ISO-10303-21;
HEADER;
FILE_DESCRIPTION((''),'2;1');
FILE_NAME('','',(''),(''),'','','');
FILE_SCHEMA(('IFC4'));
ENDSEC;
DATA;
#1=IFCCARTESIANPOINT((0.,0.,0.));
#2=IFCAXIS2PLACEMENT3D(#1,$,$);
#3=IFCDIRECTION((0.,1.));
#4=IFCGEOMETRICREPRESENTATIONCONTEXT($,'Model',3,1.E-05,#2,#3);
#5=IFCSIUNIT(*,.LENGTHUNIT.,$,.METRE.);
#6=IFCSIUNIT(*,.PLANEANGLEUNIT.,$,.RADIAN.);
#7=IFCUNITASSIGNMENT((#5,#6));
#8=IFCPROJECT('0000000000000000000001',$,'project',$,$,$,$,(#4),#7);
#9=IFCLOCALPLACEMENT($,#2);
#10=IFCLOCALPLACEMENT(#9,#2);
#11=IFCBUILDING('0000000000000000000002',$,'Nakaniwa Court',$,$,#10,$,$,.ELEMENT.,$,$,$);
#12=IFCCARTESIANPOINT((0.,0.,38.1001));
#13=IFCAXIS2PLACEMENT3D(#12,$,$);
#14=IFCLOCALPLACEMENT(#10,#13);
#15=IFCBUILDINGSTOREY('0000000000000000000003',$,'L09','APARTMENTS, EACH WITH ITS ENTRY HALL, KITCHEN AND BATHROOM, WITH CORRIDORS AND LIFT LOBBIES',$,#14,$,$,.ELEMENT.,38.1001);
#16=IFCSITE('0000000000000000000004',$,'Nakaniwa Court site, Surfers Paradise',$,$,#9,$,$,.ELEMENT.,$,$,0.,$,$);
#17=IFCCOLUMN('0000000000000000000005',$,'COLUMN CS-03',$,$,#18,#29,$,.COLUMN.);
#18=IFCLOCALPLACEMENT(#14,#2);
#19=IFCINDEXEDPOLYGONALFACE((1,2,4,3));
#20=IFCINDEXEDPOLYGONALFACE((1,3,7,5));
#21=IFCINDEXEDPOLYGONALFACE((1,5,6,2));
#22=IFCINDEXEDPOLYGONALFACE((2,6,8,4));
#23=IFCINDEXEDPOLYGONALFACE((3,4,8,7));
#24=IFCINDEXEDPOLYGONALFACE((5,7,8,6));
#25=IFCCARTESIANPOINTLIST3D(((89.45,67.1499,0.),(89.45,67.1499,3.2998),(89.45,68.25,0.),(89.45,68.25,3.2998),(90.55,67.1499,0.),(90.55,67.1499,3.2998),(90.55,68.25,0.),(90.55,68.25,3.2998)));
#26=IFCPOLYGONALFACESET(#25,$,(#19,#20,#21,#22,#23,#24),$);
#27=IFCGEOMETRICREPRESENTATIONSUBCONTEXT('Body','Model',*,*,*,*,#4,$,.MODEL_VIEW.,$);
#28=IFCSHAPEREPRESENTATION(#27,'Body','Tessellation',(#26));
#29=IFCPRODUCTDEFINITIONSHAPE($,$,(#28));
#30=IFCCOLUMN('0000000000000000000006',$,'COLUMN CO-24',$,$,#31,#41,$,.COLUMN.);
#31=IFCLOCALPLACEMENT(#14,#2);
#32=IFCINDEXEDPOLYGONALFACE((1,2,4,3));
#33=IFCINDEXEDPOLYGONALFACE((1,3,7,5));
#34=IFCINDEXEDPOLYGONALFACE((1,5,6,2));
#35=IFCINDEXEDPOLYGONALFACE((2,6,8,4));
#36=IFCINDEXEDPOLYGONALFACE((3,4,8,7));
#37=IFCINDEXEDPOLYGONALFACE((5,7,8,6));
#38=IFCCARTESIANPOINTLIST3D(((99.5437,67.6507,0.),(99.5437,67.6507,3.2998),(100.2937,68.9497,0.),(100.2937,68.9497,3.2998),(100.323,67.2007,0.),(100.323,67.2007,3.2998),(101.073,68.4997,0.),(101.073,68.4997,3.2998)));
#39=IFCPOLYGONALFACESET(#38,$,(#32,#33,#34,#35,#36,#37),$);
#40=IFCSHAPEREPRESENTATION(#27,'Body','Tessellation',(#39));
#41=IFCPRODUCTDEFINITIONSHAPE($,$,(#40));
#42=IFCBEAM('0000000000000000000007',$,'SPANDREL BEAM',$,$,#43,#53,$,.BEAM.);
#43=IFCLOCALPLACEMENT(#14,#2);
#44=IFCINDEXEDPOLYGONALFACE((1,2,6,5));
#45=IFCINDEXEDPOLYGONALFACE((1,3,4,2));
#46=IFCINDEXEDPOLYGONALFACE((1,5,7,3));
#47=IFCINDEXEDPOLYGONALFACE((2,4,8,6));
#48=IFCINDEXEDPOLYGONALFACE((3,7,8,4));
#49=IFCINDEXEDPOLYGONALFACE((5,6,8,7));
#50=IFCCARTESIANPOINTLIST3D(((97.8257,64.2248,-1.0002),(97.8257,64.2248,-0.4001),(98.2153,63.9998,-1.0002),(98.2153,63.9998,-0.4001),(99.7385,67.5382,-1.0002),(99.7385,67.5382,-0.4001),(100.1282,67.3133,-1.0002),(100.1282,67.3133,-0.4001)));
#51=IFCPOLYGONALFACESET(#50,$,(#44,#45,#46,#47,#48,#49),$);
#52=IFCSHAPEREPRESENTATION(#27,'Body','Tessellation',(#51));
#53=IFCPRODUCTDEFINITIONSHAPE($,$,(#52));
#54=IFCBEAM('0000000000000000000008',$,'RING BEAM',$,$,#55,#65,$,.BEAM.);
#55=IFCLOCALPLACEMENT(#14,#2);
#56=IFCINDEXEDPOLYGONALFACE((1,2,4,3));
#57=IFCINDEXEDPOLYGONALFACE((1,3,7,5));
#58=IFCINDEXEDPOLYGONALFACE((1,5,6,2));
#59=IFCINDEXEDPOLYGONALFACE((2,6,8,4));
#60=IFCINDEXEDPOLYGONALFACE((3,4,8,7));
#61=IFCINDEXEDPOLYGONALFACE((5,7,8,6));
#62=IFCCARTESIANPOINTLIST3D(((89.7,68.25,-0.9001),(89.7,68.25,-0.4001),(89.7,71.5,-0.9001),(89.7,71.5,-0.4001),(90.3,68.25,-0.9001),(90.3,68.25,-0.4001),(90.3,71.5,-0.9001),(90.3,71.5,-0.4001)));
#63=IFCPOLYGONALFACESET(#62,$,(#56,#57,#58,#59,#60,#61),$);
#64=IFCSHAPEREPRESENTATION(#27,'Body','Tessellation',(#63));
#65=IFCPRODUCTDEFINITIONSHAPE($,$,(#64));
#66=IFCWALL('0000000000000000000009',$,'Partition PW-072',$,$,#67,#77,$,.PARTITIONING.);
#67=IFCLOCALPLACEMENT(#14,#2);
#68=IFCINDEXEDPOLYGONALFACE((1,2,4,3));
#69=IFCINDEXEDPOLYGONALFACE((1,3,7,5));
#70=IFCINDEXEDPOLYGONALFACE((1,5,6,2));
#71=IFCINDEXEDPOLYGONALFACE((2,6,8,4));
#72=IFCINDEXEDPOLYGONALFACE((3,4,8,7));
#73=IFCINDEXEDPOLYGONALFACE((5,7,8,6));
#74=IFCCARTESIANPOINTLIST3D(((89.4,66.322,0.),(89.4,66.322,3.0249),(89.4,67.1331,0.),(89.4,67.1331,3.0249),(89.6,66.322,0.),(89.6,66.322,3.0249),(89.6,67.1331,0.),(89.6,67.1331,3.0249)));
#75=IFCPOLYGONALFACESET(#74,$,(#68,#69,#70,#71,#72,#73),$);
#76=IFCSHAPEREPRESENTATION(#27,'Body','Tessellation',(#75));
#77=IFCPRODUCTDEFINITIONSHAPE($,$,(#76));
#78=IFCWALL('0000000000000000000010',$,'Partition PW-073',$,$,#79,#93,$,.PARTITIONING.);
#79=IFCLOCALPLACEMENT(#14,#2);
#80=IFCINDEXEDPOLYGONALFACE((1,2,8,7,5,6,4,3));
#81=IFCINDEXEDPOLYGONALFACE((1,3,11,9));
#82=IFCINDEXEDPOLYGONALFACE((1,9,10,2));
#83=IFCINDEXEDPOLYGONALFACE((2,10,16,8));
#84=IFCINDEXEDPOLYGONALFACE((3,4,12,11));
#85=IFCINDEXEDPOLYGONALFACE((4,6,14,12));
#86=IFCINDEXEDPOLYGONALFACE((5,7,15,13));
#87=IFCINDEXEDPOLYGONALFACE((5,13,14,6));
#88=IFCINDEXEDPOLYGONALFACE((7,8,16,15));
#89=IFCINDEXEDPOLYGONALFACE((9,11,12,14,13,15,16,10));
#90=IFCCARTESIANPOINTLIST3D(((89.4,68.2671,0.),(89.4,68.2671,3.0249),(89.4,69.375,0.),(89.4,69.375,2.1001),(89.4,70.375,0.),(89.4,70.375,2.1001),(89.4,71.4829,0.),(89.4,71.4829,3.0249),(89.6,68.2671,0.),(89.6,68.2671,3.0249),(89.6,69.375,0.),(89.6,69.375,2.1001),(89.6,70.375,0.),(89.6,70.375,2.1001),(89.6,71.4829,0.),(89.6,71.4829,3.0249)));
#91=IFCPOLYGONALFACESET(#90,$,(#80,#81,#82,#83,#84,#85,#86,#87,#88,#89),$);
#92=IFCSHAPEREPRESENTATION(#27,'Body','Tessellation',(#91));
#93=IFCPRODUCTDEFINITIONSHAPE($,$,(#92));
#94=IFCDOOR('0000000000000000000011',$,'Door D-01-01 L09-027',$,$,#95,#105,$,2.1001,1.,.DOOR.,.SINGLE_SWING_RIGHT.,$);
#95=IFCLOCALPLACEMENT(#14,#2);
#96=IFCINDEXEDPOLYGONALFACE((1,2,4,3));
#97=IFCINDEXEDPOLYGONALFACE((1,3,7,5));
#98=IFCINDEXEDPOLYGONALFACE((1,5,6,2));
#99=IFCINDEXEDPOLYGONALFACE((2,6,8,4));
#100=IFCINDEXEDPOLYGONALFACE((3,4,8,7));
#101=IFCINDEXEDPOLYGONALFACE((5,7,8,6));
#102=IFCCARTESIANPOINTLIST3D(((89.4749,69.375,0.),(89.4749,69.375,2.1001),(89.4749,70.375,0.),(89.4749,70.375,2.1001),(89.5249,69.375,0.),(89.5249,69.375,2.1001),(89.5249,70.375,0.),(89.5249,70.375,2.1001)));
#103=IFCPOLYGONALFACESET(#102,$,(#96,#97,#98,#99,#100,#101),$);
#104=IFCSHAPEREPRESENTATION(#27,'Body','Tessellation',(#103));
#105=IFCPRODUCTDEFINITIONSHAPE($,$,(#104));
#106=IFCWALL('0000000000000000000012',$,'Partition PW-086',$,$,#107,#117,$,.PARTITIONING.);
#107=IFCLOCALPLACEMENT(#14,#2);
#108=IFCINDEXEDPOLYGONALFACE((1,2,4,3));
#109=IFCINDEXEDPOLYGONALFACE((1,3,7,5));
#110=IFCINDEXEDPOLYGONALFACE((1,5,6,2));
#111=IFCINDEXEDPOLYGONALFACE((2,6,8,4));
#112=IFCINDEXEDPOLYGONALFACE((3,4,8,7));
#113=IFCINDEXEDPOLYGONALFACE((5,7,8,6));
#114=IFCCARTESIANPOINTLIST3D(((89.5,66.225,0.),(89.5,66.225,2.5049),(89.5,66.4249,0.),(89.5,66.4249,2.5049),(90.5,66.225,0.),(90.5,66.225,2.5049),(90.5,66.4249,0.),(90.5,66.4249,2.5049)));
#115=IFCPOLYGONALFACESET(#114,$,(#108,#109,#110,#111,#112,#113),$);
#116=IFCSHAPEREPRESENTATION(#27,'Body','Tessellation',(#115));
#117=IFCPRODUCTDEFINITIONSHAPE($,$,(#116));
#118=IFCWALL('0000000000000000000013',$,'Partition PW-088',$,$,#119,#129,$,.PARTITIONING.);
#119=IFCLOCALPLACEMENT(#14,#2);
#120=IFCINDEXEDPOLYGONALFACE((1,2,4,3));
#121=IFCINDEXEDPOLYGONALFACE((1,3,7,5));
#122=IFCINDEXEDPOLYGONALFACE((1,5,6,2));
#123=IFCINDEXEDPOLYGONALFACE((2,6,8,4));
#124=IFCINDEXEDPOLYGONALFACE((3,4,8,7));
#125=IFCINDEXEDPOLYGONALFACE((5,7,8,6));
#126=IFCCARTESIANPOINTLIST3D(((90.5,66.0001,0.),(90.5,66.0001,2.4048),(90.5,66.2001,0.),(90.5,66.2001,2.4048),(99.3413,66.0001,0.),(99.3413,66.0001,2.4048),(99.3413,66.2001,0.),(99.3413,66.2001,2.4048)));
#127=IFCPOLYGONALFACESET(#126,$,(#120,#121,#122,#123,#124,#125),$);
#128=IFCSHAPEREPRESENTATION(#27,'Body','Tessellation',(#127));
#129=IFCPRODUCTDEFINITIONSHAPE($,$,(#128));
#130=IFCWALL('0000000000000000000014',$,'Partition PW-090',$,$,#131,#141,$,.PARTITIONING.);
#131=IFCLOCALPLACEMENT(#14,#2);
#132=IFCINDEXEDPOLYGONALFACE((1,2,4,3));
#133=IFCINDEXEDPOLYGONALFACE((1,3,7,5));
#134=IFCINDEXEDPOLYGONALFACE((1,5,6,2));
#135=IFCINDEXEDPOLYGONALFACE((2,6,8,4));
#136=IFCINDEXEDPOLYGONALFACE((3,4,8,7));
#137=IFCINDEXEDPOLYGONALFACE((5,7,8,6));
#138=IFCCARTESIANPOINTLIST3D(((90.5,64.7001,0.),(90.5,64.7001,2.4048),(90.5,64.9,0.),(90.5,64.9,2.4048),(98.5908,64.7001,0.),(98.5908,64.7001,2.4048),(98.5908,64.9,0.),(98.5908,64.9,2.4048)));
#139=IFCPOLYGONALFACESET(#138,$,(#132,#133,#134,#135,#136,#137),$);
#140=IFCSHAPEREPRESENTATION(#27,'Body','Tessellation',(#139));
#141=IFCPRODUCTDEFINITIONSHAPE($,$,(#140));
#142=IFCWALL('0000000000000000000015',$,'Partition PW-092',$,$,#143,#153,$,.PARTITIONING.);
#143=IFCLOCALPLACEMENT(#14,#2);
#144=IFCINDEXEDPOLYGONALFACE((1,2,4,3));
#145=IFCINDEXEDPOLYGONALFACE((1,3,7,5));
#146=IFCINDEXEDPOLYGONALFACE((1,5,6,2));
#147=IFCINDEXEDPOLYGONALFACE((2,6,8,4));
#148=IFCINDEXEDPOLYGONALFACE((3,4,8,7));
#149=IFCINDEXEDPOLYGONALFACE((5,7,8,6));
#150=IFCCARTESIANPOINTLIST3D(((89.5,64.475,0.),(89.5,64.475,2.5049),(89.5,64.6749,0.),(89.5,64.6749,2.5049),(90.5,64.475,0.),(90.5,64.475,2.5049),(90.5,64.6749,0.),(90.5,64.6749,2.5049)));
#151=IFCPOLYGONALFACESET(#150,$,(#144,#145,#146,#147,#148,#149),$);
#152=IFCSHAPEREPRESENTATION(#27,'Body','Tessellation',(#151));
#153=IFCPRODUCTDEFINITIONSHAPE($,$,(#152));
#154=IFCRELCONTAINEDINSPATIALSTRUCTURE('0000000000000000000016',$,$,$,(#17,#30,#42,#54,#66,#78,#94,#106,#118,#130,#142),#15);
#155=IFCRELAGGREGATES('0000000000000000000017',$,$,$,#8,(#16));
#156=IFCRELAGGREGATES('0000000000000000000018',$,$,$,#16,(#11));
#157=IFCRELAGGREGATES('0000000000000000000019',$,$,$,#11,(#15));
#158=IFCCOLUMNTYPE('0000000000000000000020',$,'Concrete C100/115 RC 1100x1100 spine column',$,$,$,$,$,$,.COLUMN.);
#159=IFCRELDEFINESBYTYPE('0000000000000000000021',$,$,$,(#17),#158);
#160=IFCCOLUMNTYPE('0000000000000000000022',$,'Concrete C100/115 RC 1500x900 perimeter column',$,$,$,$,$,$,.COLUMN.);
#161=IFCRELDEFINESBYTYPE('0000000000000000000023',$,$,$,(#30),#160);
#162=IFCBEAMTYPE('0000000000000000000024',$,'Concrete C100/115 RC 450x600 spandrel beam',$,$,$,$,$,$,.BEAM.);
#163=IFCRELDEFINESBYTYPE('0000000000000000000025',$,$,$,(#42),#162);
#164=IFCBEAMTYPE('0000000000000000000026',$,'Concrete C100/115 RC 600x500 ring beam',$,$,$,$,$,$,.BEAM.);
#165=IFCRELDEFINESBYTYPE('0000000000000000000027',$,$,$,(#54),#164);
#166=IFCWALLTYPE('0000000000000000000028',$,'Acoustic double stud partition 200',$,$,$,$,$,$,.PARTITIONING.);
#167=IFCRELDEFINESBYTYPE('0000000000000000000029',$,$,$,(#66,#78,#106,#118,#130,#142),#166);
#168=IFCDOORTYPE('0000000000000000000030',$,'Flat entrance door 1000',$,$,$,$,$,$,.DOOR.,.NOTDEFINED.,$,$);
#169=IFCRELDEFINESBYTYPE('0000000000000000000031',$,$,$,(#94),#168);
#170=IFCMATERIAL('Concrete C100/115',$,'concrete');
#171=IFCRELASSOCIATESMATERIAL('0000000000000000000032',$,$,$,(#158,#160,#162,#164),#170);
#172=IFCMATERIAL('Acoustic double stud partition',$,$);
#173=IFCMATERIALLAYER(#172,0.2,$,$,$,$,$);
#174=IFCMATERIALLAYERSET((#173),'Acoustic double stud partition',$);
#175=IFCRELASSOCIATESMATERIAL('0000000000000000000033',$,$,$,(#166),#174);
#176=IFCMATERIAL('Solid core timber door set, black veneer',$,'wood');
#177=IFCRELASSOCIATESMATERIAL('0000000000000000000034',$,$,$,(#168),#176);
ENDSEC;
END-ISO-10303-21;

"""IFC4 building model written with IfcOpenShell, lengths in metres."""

from ifc_helpers import new_model, si_unit, direction, frame, frame_2d, origin, origin_2d, place, context, subcontext, project, spatial, rectangle, extrude, material, layer, layer_set, material_profile, profile_set, type_object, element, fill, save


model = new_model("IFC4")

# Units and contexts
model_context = context("Model", 3, precision=1e-05, world=origin(), true_north=direction((0.0, 1.0)))
body_context = subcontext(model_context, "Body", "Model", "MODEL_VIEW")
ifc_project = project(units=[si_unit("LENGTHUNIT", "METRE"), si_unit("PLANEANGLEUNIT", "RADIAN")], contexts=[model_context])

# Site, building, storey
site_placement = place(None, origin())
site = spatial("IfcSite", under=ifc_project, at=site_placement, Name="Nakaniwa Court site, Surfers Paradise", CompositionType="ELEMENT", RefElevation=0.0)
building_placement = place(site_placement, origin())
building = spatial("IfcBuilding", under=site, at=building_placement, Name="Nakaniwa Court", CompositionType="ELEMENT")
storey_placement = place(building_placement, frame((0.0, 0.0, 38.1001)))
storey = spatial("IfcBuildingStorey", under=building, at=storey_placement, Name="L09", Description="APARTMENTS, EACH WITH ITS ENTRY HALL, KITCHEN AND BATHROOM, WITH CORRIDORS AND LIFT LOBBIES", CompositionType="ELEMENT", Elevation=38.1001)

# Columns
ifc_material_1 = material(Name="Concrete C100/115", Category="concrete")
ifc_material_profile_1 = material_profile(ifc_material_1, rectangle(XDim=1.1001, YDim=1.1001, at=origin_2d()), Name="Concrete C100/115 RC 1100x1100 spine column")
ifc_profile_set_1 = profile_set([ifc_material_profile_1], Name="Concrete C100/115")
column_type_1 = type_object("IfcColumnType", Name="Concrete C100/115 RC 1100x1100 spine column", PredefinedType="COLUMN", material=ifc_profile_set_1)
column_1_placement = place(storey_placement, frame((90.0, 67.7, 0.0), z_axis=(0.0, 0.0, 1.0), x_axis=(0.0, 1.0, 0.0)))
element("IfcColumn", 1, at=column_1_placement, inside=storey, type_object=column_type_1, Name="COLUMN CS-03", PredefinedType="COLUMN", context=body_context, shape_type="SweptSolid", body=[
    extrude(rectangle(XDim=1.1001, YDim=1.1001, at=origin_2d()), origin(), (0.0, 0.0, 1.0), 3.2998),
])
ifc_material_profile_2 = material_profile(ifc_material_1, rectangle(XDim=1.5, YDim=0.8999, at=origin_2d()), Name="Concrete C100/115 RC 1500x900 perimeter column")
ifc_profile_set_2 = profile_set([ifc_material_profile_2], Name="Concrete C100/115")
column_type_2 = type_object("IfcColumnType", Name="Concrete C100/115 RC 1500x900 perimeter column", PredefinedType="COLUMN", material=ifc_profile_set_2)
column_2_placement = place(storey_placement, frame((100.3083, 68.0752, 0.0), z_axis=(0.0, 0.0, 1.0), x_axis=(0.5, 0.866025, 0.0)))
element("IfcColumn", 2, at=column_2_placement, inside=storey, type_object=column_type_2, Name="COLUMN CO-24", PredefinedType="COLUMN", context=body_context, shape_type="SweptSolid", body=[
    extrude(rectangle(XDim=1.5, YDim=0.8999, at=origin_2d()), origin(), (0.0, 0.0, 1.0), 3.2998),
])

# Beams
ifc_material_profile_3 = material_profile(ifc_material_1, rectangle(XDim=0.45, YDim=0.6001, at=origin_2d()), Name="Concrete C100/115 RC 450x600 spandrel beam")
ifc_profile_set_3 = profile_set([ifc_material_profile_3], Name="Concrete C100/115")
beam_type_1 = type_object("IfcBeamType", Name="Concrete C100/115 RC 450x600 spandrel beam", PredefinedType="BEAM", material=ifc_profile_set_3)
beam_1_placement = place(storey_placement, frame((98.0205, 64.1123, -0.7002), z_axis=(0.499962, 0.866047, 0.0), x_axis=(-0.866047, 0.499962, 0.0)))
element("IfcBeam", 3, at=beam_1_placement, inside=storey, type_object=beam_type_1, Name="SPANDREL BEAM", PredefinedType="BEAM", context=body_context, shape_type="SweptSolid", body=[
    extrude(rectangle(XDim=0.45, YDim=0.6001, at=origin_2d()), origin(), (0.0, 0.0, 1.0), 3.8259),
])
ifc_material_profile_4 = material_profile(ifc_material_1, rectangle(XDim=0.6001, YDim=0.5, at=origin_2d()), Name="Concrete C100/115 RC 600x500 ring beam")
ifc_profile_set_4 = profile_set([ifc_material_profile_4], Name="Concrete C100/115")
beam_type_2 = type_object("IfcBeamType", Name="Concrete C100/115 RC 600x500 ring beam", PredefinedType="BEAM", material=ifc_profile_set_4)
beam_2_placement = place(storey_placement, frame((90.0, 68.25, -0.6501), z_axis=(0.0, 1.0, 0.0), x_axis=(-1.0, 0.0, 0.0)))
element("IfcBeam", 4, at=beam_2_placement, inside=storey, type_object=beam_type_2, Name="RING BEAM", PredefinedType="BEAM", context=body_context, shape_type="SweptSolid", body=[
    extrude(rectangle(XDim=0.6001, YDim=0.5, at=origin_2d()), origin(), (0.0, 0.0, 1.0), 3.25),
])

# Wall
ifc_material_2 = material(Name="Acoustic double stud partition")
ifc_layer_1 = layer(ifc_material_2, 0.2)
ifc_layer_set_1 = layer_set([ifc_layer_1], Name="Acoustic double stud partition")
wall_type_1 = type_object("IfcWallType", Name="Acoustic double stud partition 200", PredefinedType="PARTITIONING", material=ifc_layer_set_1)
wall_1_placement = place(storey_placement, frame((89.5, 66.322, 0.0), z_axis=(0.0, 0.0, 1.0), x_axis=(0.0, 1.0, 0.0)))
element("IfcWall", 5, at=wall_1_placement, inside=storey, type_object=wall_type_1, Name="Partition PW-072", PredefinedType="PARTITIONING", context=body_context, shape_type="SweptSolid", body=[
    extrude(rectangle(XDim=0.811, YDim=0.2, at=frame_2d((0.4055, 0.0))), origin(), (0.0, 0.0, 1.0), 3.0249),
])

# Wall, opening, door
wall_2_placement = place(storey_placement, frame((89.5, 71.4829, 0.0), z_axis=(0.0, 0.0, 1.0), x_axis=(0.0, -1.0, 0.0)))
wall_2 = element("IfcWall", 6, at=wall_2_placement, inside=storey, type_object=wall_type_1, Name="Partition PW-073", PredefinedType="PARTITIONING", context=body_context, shape_type="SweptSolid", body=[
    extrude(rectangle(XDim=3.2158, YDim=0.2, at=frame_2d((1.6079, 0.0))), origin(), (0.0, 0.0, 1.0), 3.0249),
])
opening_1_placement = place(wall_2_placement, frame((1.1079, 0.0, 0.0)))
opening_1 = element("IfcOpeningElement", 7, at=opening_1_placement, cuts=wall_2, PredefinedType="OPENING", context=body_context, shape_type="SweptSolid", body=[
    extrude(rectangle(XDim=1.0, YDim=2.1001, at=frame_2d((0.5, 1.05))), frame((0.0, 0.1099, 0.0), z_axis=(0.0, -1.0, 0.0), x_axis=(1.0, 0.0, 0.0)), (0.0, 0.0, 1.0), 0.22),
])
ifc_material_3 = material(Name="Solid core timber door set, black veneer", Category="wood")
door_type_1 = type_object("IfcDoorType", Name="Flat entrance door 1000", OperationType="NOTDEFINED", PredefinedType="DOOR", material=ifc_material_3)
door_1_placement = place(opening_1_placement, origin())
door_1 = element("IfcDoor", 8, at=door_1_placement, inside=storey, type_object=door_type_1, Name="Door D-01-01 L09-027", OperationType="SINGLE_SWING_RIGHT", OverallHeight=2.1001, OverallWidth=1.0, PredefinedType="DOOR", context=body_context, shape_type="SweptSolid", body=[
    extrude(rectangle(XDim=1.0, YDim=2.1001, at=frame_2d((0.5, 1.05))), frame((0.0, 0.0249, 0.0), z_axis=(0.0, -1.0, 0.0), x_axis=(1.0, 0.0, 0.0)), (0.0, 0.0, 1.0), 0.05),
])
fill(opening_1, door_1)

# Walls
wall_3_placement = place(storey_placement, frame((89.5, 66.325, 0.0), z_axis=(0.0, 0.0, 1.0), x_axis=(1.0, 0.0, 0.0)))
element("IfcWall", 9, at=wall_3_placement, inside=storey, type_object=wall_type_1, Name="Partition PW-086", PredefinedType="PARTITIONING", context=body_context, shape_type="SweptSolid", body=[
    extrude(rectangle(XDim=1.0, YDim=0.2, at=frame_2d((0.5, 0.0))), origin(), (0.0, 0.0, 1.0), 2.5049),
])
wall_4_placement = place(storey_placement, frame((90.5, 66.1001, 0.0), z_axis=(0.0, 0.0, 1.0), x_axis=(1.0, 0.0, 0.0)))
element("IfcWall", 10, at=wall_4_placement, inside=storey, type_object=wall_type_1, Name="Partition PW-088", PredefinedType="PARTITIONING", context=body_context, shape_type="SweptSolid", body=[
    extrude(rectangle(XDim=8.8413, YDim=0.2, at=frame_2d((4.4207, 0.0))), origin(), (0.0, 0.0, 1.0), 2.4048),
])
wall_5_placement = place(storey_placement, frame((90.5, 64.8, 0.0), z_axis=(0.0, 0.0, 1.0), x_axis=(1.0, 0.0, 0.0)))
element("IfcWall", 11, at=wall_5_placement, inside=storey, type_object=wall_type_1, Name="Partition PW-090", PredefinedType="PARTITIONING", context=body_context, shape_type="SweptSolid", body=[
    extrude(rectangle(XDim=8.0908, YDim=0.2, at=frame_2d((4.0454, 0.0))), origin(), (0.0, 0.0, 1.0), 2.4048),
])
wall_6_placement = place(storey_placement, frame((89.5, 64.575, 0.0), z_axis=(0.0, 0.0, 1.0), x_axis=(1.0, 0.0, 0.0)))
element("IfcWall", 12, at=wall_6_placement, inside=storey, type_object=wall_type_1, Name="Partition PW-092", PredefinedType="PARTITIONING", context=body_context, shape_type="SweptSolid", body=[
    extrude(rectangle(XDim=1.0, YDim=0.2, at=frame_2d((0.5, 0.0))), origin(), (0.0, 0.0, 1.0), 2.5049),
])

save(model, "model.ifc")
